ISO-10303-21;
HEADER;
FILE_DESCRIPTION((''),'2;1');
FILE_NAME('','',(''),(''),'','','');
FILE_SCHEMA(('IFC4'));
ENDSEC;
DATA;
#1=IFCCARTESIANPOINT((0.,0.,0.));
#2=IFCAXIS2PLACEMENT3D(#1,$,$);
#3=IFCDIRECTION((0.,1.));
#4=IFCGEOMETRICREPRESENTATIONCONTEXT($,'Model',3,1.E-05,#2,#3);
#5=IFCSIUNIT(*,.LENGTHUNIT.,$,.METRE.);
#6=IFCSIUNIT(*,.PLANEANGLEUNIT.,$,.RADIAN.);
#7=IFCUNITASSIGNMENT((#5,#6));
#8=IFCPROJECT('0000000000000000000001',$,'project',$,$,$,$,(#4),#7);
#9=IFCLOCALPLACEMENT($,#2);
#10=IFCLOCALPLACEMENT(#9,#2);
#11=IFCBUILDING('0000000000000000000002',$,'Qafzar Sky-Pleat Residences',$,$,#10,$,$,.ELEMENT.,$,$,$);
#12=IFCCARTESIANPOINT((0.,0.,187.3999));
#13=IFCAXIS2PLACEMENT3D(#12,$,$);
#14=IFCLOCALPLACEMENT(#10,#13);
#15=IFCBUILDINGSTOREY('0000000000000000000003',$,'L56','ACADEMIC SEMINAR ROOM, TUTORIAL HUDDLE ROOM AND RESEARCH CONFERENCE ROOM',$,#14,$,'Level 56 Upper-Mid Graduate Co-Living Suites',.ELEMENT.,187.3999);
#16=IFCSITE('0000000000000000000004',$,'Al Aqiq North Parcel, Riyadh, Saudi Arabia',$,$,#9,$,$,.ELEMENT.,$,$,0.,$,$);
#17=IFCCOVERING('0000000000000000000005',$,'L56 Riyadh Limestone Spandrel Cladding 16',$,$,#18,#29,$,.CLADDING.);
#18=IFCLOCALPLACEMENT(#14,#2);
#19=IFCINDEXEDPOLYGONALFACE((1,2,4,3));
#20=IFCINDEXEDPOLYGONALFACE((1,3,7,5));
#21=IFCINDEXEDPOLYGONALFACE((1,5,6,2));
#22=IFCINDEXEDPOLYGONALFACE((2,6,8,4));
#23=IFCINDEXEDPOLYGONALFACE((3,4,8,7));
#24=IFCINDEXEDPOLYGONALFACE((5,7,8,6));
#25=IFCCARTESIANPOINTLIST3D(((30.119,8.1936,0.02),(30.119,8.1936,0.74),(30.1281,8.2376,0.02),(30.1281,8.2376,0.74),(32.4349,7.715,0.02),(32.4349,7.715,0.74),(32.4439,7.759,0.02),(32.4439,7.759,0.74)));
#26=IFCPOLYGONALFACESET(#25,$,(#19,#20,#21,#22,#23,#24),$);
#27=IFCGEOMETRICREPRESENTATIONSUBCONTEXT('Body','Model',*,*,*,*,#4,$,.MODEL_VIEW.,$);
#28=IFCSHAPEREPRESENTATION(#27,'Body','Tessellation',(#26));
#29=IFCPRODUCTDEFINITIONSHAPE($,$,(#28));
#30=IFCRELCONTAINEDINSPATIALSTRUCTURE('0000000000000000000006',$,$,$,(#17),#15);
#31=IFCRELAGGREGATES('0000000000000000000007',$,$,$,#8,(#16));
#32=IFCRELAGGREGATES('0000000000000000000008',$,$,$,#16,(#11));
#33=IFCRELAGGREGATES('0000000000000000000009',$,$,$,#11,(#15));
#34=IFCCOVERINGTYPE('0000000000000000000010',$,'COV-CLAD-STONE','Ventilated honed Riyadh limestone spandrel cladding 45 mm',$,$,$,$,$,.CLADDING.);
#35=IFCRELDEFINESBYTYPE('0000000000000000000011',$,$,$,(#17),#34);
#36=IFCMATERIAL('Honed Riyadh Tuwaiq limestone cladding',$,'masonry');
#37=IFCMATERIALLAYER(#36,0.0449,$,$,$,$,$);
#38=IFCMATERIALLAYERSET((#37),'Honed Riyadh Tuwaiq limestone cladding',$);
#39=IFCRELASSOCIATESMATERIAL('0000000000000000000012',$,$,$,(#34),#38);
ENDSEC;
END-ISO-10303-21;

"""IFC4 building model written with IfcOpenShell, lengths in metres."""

from ifc_helpers import new_model, si_unit, direction, frame, origin, origin_2d, place, context, subcontext, project, spatial, rectangle, extrude, source, transform, mapped, material, layer, layer_set, type_object, element, save


model = new_model("IFC4")

# Units and contexts
model_context = context("Model", 3, precision=1e-05, world=origin(), true_north=direction((0.0, 1.0)))
body_context = subcontext(model_context, "Body", "Model", "MODEL_VIEW")
ifc_project = project(units=[si_unit("LENGTHUNIT", "METRE"), si_unit("PLANEANGLEUNIT", "RADIAN")], contexts=[model_context])

# Site, building, storey
site_placement = place(None, origin())
site = spatial("IfcSite", under=ifc_project, at=site_placement, Name="Al Aqiq North Parcel, Riyadh, Saudi Arabia", CompositionType="ELEMENT", RefElevation=0.0)
building_placement = place(site_placement, origin())
building = spatial("IfcBuilding", under=site, at=building_placement, Name="Qafzar Sky-Pleat Residences", CompositionType="ELEMENT")
storey_placement = place(building_placement, frame((0.0, 0.0, 187.3999)))
storey = spatial("IfcBuildingStorey", under=building, at=storey_placement, Name="L56", Description="ACADEMIC SEMINAR ROOM, TUTORIAL HUDDLE ROOM AND RESEARCH CONFERENCE ROOM", LongName="Level 56 Upper-Mid Graduate Co-Living Suites", CompositionType="ELEMENT", Elevation=187.3999)

# Covering
ifc_material_1 = material(Name="Honed Riyadh Tuwaiq limestone cladding", Category="masonry")
ifc_layer_1 = layer(ifc_material_1, 0.0449)
ifc_layer_set_1 = layer_set([ifc_layer_1], Name="Honed Riyadh Tuwaiq limestone cladding")
covering_type = type_object("IfcCoveringType", Name="COV-CLAD-STONE", Description="Ventilated honed Riyadh limestone spandrel cladding 45 mm", PredefinedType="CLADDING", material=ifc_layer_set_1)
shared_shape_1 = source(origin(), body_context, "Body", "SweptSolid", [
    extrude(rectangle(XDim=2.3647, YDim=0.0449, at=origin_2d()), origin(), (0.0, 0.0, 1.0), 0.72),
])
covering_placement = place(storey_placement, frame((31.2815, 7.9763, 0.02), z_axis=(0.0, 0.0, 1.0), x_axis=(0.979305, -0.202392, 0.0)))
element("IfcCovering", 1, at=covering_placement, inside=storey, type_object=covering_type, Name="L56 Riyadh Limestone Spandrel Cladding 16", PredefinedType="CLADDING", context=body_context, shape_type="MappedRepresentation", body=[
    mapped(shared_shape_1, transform((0.0, 0.0, 0.0), x_axis=(1.0, 0.0, 0.0), y_axis=(0.0, 1.0, 0.0), z_axis=(0.0, 0.0, 1.0), scale=1.0)),
])

save(model, "model.ifc")
